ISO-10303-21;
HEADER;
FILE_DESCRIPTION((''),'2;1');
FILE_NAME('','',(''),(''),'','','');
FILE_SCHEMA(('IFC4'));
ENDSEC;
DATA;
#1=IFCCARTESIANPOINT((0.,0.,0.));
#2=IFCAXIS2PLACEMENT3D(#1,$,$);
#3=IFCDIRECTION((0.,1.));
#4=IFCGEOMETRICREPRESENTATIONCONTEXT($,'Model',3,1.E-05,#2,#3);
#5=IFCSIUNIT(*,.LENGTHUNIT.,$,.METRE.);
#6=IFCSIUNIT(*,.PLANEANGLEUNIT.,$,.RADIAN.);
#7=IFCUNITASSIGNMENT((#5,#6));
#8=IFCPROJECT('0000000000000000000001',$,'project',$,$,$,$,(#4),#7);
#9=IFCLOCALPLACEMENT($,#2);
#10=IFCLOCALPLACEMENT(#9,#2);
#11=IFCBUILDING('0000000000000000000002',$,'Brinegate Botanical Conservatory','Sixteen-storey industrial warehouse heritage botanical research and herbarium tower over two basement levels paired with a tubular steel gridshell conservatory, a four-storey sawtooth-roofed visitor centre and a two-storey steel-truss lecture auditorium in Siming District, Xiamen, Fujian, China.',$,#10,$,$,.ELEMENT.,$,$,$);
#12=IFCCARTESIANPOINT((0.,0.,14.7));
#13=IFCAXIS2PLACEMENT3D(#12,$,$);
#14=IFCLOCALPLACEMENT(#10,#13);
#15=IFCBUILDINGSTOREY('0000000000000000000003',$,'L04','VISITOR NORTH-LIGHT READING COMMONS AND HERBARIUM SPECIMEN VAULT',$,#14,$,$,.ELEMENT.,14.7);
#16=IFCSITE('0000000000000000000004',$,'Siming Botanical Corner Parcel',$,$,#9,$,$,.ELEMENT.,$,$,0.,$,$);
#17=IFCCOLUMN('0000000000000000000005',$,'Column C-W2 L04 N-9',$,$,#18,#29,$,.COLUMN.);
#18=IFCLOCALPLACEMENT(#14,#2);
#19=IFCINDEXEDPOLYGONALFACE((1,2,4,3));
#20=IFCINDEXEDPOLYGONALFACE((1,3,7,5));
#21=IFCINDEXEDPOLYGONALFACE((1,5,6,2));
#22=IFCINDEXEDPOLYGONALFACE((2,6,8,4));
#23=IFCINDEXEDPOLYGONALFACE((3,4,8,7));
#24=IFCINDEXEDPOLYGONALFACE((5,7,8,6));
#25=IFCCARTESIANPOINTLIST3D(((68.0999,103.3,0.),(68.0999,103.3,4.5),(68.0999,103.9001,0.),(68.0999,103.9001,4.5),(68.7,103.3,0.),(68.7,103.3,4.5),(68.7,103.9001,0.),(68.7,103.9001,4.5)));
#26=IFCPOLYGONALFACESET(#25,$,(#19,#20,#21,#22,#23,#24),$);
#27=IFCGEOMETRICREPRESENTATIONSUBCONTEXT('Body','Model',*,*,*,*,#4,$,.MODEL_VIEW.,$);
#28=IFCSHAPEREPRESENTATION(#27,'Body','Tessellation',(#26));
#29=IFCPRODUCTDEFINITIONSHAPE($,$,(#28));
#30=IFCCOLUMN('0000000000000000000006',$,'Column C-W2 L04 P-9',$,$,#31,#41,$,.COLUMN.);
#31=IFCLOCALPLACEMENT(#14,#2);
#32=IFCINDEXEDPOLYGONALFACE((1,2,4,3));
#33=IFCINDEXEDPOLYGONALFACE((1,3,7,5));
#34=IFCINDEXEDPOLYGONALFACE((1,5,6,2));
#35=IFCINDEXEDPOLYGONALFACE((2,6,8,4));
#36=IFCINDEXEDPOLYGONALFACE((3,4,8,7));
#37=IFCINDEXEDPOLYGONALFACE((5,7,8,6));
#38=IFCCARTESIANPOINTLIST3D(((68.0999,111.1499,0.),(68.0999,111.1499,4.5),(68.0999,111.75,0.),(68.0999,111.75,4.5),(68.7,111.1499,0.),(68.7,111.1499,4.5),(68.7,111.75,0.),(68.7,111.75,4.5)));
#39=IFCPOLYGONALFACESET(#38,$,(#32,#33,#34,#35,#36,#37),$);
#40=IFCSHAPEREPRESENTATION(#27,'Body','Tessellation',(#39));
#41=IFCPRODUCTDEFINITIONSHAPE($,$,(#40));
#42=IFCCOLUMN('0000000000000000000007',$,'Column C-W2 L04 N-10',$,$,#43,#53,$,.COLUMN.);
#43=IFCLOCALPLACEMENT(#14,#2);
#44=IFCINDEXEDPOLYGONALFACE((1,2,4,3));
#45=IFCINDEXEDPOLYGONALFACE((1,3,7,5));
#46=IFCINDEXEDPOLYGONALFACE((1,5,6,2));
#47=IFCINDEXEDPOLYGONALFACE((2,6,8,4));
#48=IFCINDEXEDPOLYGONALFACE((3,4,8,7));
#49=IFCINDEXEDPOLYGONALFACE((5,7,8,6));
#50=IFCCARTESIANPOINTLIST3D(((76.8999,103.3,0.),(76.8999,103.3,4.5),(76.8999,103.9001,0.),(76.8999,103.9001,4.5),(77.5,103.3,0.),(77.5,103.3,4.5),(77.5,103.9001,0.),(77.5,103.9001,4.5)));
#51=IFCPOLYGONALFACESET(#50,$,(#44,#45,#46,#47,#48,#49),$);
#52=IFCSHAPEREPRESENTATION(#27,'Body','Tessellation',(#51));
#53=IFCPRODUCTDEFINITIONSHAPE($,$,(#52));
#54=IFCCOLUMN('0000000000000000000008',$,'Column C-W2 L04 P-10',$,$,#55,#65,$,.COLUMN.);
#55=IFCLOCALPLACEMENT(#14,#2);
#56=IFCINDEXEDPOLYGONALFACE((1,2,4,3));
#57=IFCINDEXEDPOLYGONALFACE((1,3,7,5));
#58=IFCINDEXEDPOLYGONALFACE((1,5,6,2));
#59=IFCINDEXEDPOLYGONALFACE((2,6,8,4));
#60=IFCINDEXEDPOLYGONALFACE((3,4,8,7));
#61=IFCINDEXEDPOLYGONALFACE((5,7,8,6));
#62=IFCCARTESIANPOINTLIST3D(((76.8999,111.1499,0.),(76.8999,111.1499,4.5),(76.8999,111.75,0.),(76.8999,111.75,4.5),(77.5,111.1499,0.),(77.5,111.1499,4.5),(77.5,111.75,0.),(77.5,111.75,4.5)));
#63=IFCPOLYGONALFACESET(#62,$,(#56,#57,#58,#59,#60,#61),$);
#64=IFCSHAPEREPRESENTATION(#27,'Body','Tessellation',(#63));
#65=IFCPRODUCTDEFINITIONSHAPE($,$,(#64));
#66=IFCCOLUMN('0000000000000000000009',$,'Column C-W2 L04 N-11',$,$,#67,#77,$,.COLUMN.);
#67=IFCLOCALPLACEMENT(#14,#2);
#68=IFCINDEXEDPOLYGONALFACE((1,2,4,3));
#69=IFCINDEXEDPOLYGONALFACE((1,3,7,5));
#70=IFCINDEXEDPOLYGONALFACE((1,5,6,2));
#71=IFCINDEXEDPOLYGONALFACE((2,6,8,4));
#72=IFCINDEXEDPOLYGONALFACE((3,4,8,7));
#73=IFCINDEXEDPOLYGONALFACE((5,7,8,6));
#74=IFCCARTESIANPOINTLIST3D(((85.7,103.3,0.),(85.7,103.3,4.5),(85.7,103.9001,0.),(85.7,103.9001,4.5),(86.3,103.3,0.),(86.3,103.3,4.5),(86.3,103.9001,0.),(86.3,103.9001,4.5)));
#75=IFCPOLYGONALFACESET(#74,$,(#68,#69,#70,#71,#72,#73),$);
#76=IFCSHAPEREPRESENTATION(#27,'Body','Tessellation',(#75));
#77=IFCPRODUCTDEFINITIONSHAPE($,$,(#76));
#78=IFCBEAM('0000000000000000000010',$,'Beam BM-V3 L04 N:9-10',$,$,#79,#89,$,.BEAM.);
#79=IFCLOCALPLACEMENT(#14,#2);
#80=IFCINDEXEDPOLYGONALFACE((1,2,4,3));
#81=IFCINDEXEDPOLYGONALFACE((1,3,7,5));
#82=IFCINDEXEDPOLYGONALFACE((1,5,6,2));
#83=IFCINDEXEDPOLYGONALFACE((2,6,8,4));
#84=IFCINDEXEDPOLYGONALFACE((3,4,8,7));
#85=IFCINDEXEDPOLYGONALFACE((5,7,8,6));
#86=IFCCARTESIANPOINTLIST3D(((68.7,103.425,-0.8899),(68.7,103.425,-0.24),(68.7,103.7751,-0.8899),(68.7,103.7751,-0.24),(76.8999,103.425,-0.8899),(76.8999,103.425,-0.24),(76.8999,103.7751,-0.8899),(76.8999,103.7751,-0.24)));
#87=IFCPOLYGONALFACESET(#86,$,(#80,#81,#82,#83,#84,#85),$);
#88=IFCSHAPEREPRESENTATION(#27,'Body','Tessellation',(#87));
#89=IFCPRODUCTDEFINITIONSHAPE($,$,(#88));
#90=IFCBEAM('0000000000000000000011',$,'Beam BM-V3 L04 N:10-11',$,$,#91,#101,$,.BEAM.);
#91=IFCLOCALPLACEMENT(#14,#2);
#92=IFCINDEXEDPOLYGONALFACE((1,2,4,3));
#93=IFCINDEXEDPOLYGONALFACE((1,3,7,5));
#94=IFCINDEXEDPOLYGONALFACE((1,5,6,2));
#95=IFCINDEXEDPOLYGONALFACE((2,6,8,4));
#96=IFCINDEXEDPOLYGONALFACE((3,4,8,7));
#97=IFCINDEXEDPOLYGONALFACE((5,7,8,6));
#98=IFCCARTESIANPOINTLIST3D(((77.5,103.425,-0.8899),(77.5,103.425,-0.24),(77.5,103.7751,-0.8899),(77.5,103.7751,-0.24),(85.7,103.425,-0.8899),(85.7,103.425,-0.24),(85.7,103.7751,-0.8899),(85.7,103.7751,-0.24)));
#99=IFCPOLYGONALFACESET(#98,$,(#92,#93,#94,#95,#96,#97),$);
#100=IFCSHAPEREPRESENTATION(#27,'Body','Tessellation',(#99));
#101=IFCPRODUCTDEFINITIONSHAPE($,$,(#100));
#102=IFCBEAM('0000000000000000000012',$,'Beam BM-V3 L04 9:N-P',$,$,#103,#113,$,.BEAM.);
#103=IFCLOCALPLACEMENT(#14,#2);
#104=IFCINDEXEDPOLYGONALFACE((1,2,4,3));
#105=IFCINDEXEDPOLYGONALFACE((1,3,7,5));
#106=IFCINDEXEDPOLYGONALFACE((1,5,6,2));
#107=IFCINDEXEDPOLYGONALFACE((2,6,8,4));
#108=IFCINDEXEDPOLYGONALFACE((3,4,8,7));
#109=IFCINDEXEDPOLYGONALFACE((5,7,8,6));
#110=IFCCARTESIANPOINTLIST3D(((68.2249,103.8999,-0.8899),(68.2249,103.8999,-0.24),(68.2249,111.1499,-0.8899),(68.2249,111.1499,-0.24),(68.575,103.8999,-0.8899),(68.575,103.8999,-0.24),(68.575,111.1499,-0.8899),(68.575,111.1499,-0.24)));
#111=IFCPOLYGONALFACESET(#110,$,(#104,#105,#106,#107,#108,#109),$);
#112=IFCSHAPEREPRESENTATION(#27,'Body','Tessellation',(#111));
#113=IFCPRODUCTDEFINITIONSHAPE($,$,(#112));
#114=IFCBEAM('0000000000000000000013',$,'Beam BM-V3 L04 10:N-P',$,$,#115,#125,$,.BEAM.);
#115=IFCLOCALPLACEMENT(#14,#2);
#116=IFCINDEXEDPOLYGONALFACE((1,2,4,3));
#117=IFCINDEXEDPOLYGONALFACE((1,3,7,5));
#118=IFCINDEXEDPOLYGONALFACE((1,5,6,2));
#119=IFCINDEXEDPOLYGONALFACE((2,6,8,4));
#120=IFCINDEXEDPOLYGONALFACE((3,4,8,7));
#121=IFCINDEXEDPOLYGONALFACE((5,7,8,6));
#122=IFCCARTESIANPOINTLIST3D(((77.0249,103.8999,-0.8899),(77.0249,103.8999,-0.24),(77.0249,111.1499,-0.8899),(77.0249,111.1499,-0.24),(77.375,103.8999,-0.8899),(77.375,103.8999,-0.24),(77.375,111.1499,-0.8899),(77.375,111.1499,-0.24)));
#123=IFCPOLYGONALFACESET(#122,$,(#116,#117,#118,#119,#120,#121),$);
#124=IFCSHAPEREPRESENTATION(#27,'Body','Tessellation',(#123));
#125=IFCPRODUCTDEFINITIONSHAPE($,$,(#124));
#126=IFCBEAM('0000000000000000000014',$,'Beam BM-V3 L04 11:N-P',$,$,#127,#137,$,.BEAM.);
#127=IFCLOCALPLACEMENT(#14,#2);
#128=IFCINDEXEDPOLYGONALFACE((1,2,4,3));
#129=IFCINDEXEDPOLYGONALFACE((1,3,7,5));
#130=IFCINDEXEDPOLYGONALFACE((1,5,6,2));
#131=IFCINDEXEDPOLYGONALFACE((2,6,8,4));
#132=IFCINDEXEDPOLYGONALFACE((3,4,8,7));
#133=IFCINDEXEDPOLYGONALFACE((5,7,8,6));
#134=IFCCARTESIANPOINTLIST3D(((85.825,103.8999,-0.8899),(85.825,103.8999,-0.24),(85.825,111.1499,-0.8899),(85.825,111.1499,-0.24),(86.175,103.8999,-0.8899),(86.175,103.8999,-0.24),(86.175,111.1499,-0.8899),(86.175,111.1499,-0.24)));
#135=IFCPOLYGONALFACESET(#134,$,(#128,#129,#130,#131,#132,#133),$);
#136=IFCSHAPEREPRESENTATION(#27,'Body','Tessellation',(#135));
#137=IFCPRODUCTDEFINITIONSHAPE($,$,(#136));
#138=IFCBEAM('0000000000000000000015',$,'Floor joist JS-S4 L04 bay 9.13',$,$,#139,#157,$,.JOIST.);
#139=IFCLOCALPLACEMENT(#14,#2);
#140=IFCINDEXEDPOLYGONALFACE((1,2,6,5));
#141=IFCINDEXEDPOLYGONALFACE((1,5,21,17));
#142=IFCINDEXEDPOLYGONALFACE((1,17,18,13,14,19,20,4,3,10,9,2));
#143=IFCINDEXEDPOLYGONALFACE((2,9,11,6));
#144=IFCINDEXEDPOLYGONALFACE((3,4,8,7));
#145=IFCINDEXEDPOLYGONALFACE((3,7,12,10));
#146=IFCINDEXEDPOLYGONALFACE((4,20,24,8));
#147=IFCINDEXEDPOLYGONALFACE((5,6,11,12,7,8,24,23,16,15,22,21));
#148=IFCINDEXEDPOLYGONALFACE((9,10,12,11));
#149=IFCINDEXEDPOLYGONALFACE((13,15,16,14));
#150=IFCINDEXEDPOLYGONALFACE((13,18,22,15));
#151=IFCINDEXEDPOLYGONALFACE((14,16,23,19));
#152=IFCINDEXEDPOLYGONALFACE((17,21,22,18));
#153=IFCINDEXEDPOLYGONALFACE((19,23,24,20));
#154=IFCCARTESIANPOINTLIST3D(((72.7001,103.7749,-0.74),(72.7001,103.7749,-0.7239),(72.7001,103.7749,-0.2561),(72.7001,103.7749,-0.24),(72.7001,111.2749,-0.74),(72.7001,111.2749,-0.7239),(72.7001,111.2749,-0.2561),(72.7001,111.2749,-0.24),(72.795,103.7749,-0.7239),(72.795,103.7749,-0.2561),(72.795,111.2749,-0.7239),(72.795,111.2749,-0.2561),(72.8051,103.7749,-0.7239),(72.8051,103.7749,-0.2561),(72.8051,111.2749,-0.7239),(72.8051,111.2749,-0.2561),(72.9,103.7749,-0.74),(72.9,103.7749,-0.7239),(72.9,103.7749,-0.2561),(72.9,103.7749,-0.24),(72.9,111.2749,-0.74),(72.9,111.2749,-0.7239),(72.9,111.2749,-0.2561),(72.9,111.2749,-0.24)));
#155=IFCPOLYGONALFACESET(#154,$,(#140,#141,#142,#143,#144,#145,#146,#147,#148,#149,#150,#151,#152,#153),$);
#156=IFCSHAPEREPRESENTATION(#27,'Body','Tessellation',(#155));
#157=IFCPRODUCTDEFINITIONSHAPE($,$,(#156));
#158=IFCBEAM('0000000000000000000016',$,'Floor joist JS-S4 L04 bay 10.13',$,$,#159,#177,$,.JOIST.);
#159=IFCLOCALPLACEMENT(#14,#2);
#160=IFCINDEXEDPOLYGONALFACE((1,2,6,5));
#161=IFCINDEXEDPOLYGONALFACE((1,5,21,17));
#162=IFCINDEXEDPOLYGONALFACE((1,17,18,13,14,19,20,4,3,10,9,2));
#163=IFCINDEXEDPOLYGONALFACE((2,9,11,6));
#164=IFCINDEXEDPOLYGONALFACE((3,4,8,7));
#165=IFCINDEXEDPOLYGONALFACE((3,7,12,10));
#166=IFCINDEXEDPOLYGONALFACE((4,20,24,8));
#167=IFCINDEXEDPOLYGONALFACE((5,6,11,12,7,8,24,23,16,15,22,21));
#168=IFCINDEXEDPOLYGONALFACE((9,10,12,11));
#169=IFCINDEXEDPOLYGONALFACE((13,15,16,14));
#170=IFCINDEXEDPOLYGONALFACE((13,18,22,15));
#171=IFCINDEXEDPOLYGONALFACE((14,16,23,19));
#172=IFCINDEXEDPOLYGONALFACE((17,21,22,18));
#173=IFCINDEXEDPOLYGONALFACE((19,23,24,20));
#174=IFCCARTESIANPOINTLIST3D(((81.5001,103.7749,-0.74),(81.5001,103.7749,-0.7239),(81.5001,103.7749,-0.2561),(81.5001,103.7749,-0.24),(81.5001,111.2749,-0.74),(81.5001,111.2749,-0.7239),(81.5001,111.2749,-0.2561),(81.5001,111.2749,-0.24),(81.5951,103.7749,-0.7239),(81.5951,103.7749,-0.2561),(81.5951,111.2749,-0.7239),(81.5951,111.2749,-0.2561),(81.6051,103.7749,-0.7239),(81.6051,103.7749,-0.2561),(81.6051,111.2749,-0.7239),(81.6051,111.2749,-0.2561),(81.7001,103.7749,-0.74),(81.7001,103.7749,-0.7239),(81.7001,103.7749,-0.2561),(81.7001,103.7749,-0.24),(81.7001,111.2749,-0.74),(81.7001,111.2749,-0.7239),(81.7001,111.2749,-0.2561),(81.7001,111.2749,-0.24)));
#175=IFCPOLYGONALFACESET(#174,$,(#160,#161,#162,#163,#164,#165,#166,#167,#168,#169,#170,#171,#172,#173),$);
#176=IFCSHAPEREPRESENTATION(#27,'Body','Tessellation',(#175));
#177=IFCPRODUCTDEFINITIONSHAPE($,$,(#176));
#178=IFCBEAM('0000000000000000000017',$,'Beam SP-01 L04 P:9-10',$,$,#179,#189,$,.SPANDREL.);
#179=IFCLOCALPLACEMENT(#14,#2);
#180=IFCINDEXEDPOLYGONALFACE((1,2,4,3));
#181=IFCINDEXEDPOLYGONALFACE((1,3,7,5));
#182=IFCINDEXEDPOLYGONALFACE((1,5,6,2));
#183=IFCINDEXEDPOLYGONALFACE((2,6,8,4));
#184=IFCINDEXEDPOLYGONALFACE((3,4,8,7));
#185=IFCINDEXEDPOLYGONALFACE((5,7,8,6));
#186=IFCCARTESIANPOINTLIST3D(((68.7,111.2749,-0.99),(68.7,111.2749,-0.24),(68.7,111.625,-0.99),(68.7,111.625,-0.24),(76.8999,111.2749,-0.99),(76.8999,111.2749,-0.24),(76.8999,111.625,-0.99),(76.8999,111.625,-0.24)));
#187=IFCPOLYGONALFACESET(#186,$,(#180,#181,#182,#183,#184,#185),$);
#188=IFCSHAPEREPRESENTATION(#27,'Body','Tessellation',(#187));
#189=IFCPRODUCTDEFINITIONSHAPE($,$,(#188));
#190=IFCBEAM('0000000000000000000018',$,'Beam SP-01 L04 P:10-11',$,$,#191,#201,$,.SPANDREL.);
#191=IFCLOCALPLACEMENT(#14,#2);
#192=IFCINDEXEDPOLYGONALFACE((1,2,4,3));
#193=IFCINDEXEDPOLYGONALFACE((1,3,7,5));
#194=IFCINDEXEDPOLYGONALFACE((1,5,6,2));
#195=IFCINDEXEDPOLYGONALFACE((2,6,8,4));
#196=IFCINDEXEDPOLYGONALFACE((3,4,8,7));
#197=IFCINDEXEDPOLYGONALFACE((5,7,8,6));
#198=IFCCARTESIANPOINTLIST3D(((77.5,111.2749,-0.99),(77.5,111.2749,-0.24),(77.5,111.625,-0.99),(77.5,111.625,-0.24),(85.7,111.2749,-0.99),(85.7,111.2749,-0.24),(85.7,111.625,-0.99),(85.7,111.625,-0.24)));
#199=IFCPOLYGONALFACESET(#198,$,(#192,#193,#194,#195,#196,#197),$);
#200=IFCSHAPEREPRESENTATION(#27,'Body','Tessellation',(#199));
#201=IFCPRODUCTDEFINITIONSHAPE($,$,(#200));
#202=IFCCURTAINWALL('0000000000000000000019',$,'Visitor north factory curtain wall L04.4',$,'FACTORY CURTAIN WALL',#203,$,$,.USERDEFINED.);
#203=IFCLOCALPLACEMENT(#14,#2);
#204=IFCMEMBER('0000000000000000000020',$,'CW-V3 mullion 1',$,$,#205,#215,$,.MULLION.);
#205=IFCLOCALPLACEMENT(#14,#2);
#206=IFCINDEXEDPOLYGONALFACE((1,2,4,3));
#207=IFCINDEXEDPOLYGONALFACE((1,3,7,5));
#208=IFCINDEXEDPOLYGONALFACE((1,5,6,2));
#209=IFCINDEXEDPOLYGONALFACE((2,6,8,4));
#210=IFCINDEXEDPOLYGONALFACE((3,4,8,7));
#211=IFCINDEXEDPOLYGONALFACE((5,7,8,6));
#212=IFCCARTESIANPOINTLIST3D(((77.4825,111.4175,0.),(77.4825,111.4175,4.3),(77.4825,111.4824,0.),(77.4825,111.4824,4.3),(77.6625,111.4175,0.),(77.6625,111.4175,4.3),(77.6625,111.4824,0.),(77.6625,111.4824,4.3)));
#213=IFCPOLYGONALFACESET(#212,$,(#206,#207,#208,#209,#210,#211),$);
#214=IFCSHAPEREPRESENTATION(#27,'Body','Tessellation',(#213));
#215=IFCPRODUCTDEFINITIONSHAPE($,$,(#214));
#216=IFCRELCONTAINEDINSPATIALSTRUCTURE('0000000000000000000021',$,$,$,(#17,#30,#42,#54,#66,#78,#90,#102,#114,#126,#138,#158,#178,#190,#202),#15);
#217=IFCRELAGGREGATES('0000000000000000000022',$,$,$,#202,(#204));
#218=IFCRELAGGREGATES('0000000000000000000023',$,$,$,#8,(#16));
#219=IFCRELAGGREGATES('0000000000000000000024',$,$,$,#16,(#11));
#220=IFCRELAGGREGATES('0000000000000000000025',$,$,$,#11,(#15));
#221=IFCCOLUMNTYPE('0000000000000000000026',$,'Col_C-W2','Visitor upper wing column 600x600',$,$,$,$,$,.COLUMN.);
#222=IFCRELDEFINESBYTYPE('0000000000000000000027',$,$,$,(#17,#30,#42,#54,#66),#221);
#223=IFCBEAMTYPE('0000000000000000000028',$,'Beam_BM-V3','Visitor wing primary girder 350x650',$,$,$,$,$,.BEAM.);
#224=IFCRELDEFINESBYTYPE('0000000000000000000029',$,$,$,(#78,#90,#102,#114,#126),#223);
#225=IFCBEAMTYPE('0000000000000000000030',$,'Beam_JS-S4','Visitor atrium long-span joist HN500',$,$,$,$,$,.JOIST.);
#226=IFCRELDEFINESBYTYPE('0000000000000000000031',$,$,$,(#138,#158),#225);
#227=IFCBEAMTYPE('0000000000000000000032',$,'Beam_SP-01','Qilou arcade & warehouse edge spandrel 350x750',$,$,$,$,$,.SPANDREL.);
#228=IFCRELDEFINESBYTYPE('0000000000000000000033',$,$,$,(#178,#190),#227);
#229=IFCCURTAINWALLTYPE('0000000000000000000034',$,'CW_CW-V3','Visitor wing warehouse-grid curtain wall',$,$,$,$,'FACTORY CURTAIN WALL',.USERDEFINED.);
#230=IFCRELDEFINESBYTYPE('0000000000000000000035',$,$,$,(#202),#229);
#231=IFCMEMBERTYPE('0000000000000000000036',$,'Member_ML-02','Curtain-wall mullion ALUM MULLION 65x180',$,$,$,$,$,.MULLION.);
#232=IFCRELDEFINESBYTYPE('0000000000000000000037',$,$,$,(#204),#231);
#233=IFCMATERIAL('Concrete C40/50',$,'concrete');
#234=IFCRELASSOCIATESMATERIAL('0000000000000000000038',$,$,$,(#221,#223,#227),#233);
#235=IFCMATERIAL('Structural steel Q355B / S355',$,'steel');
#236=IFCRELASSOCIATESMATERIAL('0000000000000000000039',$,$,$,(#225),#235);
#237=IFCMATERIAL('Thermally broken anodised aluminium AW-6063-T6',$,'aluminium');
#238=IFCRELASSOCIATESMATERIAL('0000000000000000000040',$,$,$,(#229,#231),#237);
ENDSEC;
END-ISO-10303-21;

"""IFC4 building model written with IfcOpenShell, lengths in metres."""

from ifc_helpers import new_model, si_unit, direction, frame, origin, origin_2d, place, context, subcontext, project, spatial, rectangle, i_section, extrude, material, material_profile, profile_set, type_object, element, aggregate, save


model = new_model("IFC4")

# Units and contexts
model_context = context("Model", 3, precision=1e-05, world=origin(), true_north=direction((0.0, 1.0)))
body_context = subcontext(model_context, "Body", "Model", "MODEL_VIEW")
ifc_project = project(units=[si_unit("LENGTHUNIT", "METRE"), si_unit("PLANEANGLEUNIT", "RADIAN")], contexts=[model_context])

# Site, building, storey
site_placement = place(None, origin())
site = spatial("IfcSite", under=ifc_project, at=site_placement, Name="Siming Botanical Corner Parcel", CompositionType="ELEMENT", RefElevation=0.0)
building_placement = place(site_placement, origin())
building = spatial("IfcBuilding", under=site, at=building_placement, Name="Brinegate Botanical Conservatory", Description="Sixteen-storey industrial warehouse heritage botanical research and herbarium tower over two basement levels paired with a tubular steel gridshell conservatory, a four-storey sawtooth-roofed visitor centre and a two-storey steel-truss lecture auditorium in Siming District, Xiamen, Fujian, China.", CompositionType="ELEMENT")
storey_placement = place(building_placement, frame((0.0, 0.0, 14.7)))
storey = spatial("IfcBuildingStorey", under=building, at=storey_placement, Name="L04", Description="VISITOR NORTH-LIGHT READING COMMONS AND HERBARIUM SPECIMEN VAULT", CompositionType="ELEMENT", Elevation=14.7)

# Columns
ifc_material_1 = material(Name="Concrete C40/50", Category="concrete")
ifc_material_profile_1 = material_profile(ifc_material_1, rectangle(XDim=0.6001, YDim=0.6001, at=origin_2d()), Name="RC COL 600x600")
ifc_profile_set_1 = profile_set([ifc_material_profile_1], Name="Concrete C40/50")
column_type = type_object("IfcColumnType", Name="Col_C-W2", Description="Visitor upper wing column 600x600", PredefinedType="COLUMN", material=ifc_profile_set_1)
for number, where, z_axis, x_axis, name in (
    (1, (68.3999, 103.6001, 0.0), (0.0, 0.0, 1.0), (1.0, 0.0, 0.0), "Column C-W2 L04 N-9"),
    (2, (68.3999, 111.45, 0.0), (0.0, 0.0, 1.0), (1.0, 0.0, 0.0), "Column C-W2 L04 P-9"),
    (3, (77.2, 103.6001, 0.0), (0.0, 0.0, 1.0), (1.0, 0.0, 0.0), "Column C-W2 L04 N-10"),
    (4, (77.2, 111.45, 0.0), (0.0, 0.0, 1.0), (1.0, 0.0, 0.0), "Column C-W2 L04 P-10"),
    (5, (86.0, 103.6001, 0.0), (0.0, 0.0, 1.0), (1.0, 0.0, 0.0), "Column C-W2 L04 N-11"),
):
    element("IfcColumn", number, at=place(storey_placement, frame(where, z_axis=z_axis, x_axis=x_axis)), inside=storey, type_object=column_type, Name=name, PredefinedType="COLUMN", context=body_context, shape_type="SweptSolid", body=[
        extrude(rectangle(XDim=0.6001, YDim=0.6001, at=origin_2d()), origin(), (0.0, 0.0, 1.0), 4.5),
    ])

# Beams
ifc_material_profile_2 = material_profile(ifc_material_1, rectangle(XDim=0.3501, YDim=0.6499, at=origin_2d()), Name="RC BM 350x650")
ifc_profile_set_2 = profile_set([ifc_material_profile_2], Name="Concrete C40/50")
beam_type_1 = type_object("IfcBeamType", Name="Beam_BM-V3", Description="Visitor wing primary girder 350x650", PredefinedType="BEAM", material=ifc_profile_set_2)
for number, where, z_axis, x_axis, name in (
    (6, (68.7, 103.6001, -0.5649), (1.0, 0.0, 0.0), (0.0, 1.0, 0.0), "Beam BM-V3 L04 N:9-10"),
    (7, (77.5, 103.6001, -0.5649), (1.0, 0.0, 0.0), (0.0, 1.0, 0.0), "Beam BM-V3 L04 N:10-11"),
):
    element("IfcBeam", number, at=place(storey_placement, frame(where, z_axis=z_axis, x_axis=x_axis)), inside=storey, type_object=beam_type_1, Name=name, PredefinedType="BEAM", context=body_context, shape_type="SweptSolid", body=[
        extrude(rectangle(XDim=0.3501, YDim=0.6499, at=origin_2d()), origin(), (0.0, 0.0, 1.0), 8.2),
    ])
for number, where, z_axis, x_axis, name in (
    (8, (68.3999, 103.8999, -0.5649), (0.0, 1.0, 0.0), (-1.0, 0.0, 0.0), "Beam BM-V3 L04 9:N-P"),
    (9, (77.2, 103.8999, -0.5649), (0.0, 1.0, 0.0), (-1.0, 0.0, 0.0), "Beam BM-V3 L04 10:N-P"),
    (10, (86.0, 103.8999, -0.5649), (0.0, 1.0, 0.0), (-1.0, 0.0, 0.0), "Beam BM-V3 L04 11:N-P"),
):
    element("IfcBeam", number, at=place(storey_placement, frame(where, z_axis=z_axis, x_axis=x_axis)), inside=storey, type_object=beam_type_1, Name=name, PredefinedType="BEAM", context=body_context, shape_type="SweptSolid", body=[
        extrude(rectangle(XDim=0.3501, YDim=0.6499, at=origin_2d()), origin(), (0.0, 0.0, 1.0), 7.25),
    ])
ifc_material_2 = material(Name="Structural steel Q355B / S355", Category="steel")
ifc_material_profile_3 = material_profile(ifc_material_2, i_section(OverallWidth=0.2, OverallDepth=0.5, WebThickness=0.01, FlangeThickness=0.0161, at=origin_2d()), Name="HN 500x200x10x16")
ifc_profile_set_3 = profile_set([ifc_material_profile_3], Name="Structural steel Q355B / S355")
beam_type_2 = type_object("IfcBeamType", Name="Beam_JS-S4", Description="Visitor atrium long-span joist HN500", PredefinedType="JOIST", material=ifc_profile_set_3)
for number, where, z_axis, x_axis, name in (
    (11, (72.8, 103.7749, -0.49), (0.0, 1.0, 0.0), (-1.0, 0.0, 0.0), "Floor joist JS-S4 L04 bay 9.13"),
    (12, (81.6001, 103.7749, -0.49), (0.0, 1.0, 0.0), (-1.0, 0.0, 0.0), "Floor joist JS-S4 L04 bay 10.13"),
):
    element("IfcBeam", number, at=place(storey_placement, frame(where, z_axis=z_axis, x_axis=x_axis)), inside=storey, type_object=beam_type_2, Name=name, PredefinedType="JOIST", context=body_context, shape_type="SweptSolid", body=[
        extrude(i_section(OverallWidth=0.2, OverallDepth=0.5, WebThickness=0.01, FlangeThickness=0.0161, at=origin_2d()), origin(), (0.0, 0.0, 1.0), 7.5),
    ])
ifc_material_profile_4 = material_profile(ifc_material_1, rectangle(XDim=0.3501, YDim=0.75, at=origin_2d()), Name="RC SPN 350x750")
ifc_profile_set_4 = profile_set([ifc_material_profile_4], Name="Concrete C40/50")
beam_type_3 = type_object("IfcBeamType", Name="Beam_SP-01", Description="Qilou arcade & warehouse edge spandrel 350x750", PredefinedType="SPANDREL", material=ifc_profile_set_4)
for number, where, z_axis, x_axis, name in (
    (13, (68.7, 111.45, -0.615), (1.0, 0.0, 0.0), (0.0, 1.0, 0.0), "Beam SP-01 L04 P:9-10"),
    (14, (77.5, 111.45, -0.615), (1.0, 0.0, 0.0), (0.0, 1.0, 0.0), "Beam SP-01 L04 P:10-11"),
):
    element("IfcBeam", number, at=place(storey_placement, frame(where, z_axis=z_axis, x_axis=x_axis)), inside=storey, type_object=beam_type_3, Name=name, PredefinedType="SPANDREL", context=body_context, shape_type="SweptSolid", body=[
        extrude(rectangle(XDim=0.3501, YDim=0.75, at=origin_2d()), origin(), (0.0, 0.0, 1.0), 8.2),
    ])

# Curtain wall, member
ifc_material_3 = material(Name="Thermally broken anodised aluminium AW-6063-T6", Category="aluminium")
curtain_wall_type = type_object("IfcCurtainWallType", Name="CW_CW-V3", Description="Visitor wing warehouse-grid curtain wall", ElementType="FACTORY CURTAIN WALL", PredefinedType="USERDEFINED", material=ifc_material_3)
curtain_wall_placement = place(storey_placement, origin())
curtain_wall = element("IfcCurtainWall", 15, at=curtain_wall_placement, inside=storey, type_object=curtain_wall_type, Name="Visitor north factory curtain wall L04.4", ObjectType="FACTORY CURTAIN WALL", PredefinedType="USERDEFINED")
ifc_material_profile_5 = material_profile(ifc_material_3, rectangle(XDim=0.0649, YDim=0.1799, at=origin_2d()), Name="ALUM MULLION 65x180")
ifc_profile_set_5 = profile_set([ifc_material_profile_5], Name="Thermally broken anodised aluminium AW-6063-T6")
member_type_1 = type_object("IfcMemberType", Name="Member_ML-02", Description="Curtain-wall mullion ALUM MULLION 65x180", PredefinedType="MULLION", material=ifc_profile_set_5)
member_1_placement = place(storey_placement, frame((77.5725, 111.45, 0.0), z_axis=(0.0, 0.0, 1.0), x_axis=(0.0, 1.0, 0.0)))
member_1 = element("IfcMember", 16, at=member_1_placement, type_object=member_type_1, Name="CW-V3 mullion 1", PredefinedType="MULLION", context=body_context, shape_type="SweptSolid", body=[
    extrude(rectangle(XDim=0.0649, YDim=0.1799, at=origin_2d()), origin(), (0.0, 0.0, 1.0), 4.3),
])
aggregate(curtain_wall, [member_1])

save(model, "model.ifc")
